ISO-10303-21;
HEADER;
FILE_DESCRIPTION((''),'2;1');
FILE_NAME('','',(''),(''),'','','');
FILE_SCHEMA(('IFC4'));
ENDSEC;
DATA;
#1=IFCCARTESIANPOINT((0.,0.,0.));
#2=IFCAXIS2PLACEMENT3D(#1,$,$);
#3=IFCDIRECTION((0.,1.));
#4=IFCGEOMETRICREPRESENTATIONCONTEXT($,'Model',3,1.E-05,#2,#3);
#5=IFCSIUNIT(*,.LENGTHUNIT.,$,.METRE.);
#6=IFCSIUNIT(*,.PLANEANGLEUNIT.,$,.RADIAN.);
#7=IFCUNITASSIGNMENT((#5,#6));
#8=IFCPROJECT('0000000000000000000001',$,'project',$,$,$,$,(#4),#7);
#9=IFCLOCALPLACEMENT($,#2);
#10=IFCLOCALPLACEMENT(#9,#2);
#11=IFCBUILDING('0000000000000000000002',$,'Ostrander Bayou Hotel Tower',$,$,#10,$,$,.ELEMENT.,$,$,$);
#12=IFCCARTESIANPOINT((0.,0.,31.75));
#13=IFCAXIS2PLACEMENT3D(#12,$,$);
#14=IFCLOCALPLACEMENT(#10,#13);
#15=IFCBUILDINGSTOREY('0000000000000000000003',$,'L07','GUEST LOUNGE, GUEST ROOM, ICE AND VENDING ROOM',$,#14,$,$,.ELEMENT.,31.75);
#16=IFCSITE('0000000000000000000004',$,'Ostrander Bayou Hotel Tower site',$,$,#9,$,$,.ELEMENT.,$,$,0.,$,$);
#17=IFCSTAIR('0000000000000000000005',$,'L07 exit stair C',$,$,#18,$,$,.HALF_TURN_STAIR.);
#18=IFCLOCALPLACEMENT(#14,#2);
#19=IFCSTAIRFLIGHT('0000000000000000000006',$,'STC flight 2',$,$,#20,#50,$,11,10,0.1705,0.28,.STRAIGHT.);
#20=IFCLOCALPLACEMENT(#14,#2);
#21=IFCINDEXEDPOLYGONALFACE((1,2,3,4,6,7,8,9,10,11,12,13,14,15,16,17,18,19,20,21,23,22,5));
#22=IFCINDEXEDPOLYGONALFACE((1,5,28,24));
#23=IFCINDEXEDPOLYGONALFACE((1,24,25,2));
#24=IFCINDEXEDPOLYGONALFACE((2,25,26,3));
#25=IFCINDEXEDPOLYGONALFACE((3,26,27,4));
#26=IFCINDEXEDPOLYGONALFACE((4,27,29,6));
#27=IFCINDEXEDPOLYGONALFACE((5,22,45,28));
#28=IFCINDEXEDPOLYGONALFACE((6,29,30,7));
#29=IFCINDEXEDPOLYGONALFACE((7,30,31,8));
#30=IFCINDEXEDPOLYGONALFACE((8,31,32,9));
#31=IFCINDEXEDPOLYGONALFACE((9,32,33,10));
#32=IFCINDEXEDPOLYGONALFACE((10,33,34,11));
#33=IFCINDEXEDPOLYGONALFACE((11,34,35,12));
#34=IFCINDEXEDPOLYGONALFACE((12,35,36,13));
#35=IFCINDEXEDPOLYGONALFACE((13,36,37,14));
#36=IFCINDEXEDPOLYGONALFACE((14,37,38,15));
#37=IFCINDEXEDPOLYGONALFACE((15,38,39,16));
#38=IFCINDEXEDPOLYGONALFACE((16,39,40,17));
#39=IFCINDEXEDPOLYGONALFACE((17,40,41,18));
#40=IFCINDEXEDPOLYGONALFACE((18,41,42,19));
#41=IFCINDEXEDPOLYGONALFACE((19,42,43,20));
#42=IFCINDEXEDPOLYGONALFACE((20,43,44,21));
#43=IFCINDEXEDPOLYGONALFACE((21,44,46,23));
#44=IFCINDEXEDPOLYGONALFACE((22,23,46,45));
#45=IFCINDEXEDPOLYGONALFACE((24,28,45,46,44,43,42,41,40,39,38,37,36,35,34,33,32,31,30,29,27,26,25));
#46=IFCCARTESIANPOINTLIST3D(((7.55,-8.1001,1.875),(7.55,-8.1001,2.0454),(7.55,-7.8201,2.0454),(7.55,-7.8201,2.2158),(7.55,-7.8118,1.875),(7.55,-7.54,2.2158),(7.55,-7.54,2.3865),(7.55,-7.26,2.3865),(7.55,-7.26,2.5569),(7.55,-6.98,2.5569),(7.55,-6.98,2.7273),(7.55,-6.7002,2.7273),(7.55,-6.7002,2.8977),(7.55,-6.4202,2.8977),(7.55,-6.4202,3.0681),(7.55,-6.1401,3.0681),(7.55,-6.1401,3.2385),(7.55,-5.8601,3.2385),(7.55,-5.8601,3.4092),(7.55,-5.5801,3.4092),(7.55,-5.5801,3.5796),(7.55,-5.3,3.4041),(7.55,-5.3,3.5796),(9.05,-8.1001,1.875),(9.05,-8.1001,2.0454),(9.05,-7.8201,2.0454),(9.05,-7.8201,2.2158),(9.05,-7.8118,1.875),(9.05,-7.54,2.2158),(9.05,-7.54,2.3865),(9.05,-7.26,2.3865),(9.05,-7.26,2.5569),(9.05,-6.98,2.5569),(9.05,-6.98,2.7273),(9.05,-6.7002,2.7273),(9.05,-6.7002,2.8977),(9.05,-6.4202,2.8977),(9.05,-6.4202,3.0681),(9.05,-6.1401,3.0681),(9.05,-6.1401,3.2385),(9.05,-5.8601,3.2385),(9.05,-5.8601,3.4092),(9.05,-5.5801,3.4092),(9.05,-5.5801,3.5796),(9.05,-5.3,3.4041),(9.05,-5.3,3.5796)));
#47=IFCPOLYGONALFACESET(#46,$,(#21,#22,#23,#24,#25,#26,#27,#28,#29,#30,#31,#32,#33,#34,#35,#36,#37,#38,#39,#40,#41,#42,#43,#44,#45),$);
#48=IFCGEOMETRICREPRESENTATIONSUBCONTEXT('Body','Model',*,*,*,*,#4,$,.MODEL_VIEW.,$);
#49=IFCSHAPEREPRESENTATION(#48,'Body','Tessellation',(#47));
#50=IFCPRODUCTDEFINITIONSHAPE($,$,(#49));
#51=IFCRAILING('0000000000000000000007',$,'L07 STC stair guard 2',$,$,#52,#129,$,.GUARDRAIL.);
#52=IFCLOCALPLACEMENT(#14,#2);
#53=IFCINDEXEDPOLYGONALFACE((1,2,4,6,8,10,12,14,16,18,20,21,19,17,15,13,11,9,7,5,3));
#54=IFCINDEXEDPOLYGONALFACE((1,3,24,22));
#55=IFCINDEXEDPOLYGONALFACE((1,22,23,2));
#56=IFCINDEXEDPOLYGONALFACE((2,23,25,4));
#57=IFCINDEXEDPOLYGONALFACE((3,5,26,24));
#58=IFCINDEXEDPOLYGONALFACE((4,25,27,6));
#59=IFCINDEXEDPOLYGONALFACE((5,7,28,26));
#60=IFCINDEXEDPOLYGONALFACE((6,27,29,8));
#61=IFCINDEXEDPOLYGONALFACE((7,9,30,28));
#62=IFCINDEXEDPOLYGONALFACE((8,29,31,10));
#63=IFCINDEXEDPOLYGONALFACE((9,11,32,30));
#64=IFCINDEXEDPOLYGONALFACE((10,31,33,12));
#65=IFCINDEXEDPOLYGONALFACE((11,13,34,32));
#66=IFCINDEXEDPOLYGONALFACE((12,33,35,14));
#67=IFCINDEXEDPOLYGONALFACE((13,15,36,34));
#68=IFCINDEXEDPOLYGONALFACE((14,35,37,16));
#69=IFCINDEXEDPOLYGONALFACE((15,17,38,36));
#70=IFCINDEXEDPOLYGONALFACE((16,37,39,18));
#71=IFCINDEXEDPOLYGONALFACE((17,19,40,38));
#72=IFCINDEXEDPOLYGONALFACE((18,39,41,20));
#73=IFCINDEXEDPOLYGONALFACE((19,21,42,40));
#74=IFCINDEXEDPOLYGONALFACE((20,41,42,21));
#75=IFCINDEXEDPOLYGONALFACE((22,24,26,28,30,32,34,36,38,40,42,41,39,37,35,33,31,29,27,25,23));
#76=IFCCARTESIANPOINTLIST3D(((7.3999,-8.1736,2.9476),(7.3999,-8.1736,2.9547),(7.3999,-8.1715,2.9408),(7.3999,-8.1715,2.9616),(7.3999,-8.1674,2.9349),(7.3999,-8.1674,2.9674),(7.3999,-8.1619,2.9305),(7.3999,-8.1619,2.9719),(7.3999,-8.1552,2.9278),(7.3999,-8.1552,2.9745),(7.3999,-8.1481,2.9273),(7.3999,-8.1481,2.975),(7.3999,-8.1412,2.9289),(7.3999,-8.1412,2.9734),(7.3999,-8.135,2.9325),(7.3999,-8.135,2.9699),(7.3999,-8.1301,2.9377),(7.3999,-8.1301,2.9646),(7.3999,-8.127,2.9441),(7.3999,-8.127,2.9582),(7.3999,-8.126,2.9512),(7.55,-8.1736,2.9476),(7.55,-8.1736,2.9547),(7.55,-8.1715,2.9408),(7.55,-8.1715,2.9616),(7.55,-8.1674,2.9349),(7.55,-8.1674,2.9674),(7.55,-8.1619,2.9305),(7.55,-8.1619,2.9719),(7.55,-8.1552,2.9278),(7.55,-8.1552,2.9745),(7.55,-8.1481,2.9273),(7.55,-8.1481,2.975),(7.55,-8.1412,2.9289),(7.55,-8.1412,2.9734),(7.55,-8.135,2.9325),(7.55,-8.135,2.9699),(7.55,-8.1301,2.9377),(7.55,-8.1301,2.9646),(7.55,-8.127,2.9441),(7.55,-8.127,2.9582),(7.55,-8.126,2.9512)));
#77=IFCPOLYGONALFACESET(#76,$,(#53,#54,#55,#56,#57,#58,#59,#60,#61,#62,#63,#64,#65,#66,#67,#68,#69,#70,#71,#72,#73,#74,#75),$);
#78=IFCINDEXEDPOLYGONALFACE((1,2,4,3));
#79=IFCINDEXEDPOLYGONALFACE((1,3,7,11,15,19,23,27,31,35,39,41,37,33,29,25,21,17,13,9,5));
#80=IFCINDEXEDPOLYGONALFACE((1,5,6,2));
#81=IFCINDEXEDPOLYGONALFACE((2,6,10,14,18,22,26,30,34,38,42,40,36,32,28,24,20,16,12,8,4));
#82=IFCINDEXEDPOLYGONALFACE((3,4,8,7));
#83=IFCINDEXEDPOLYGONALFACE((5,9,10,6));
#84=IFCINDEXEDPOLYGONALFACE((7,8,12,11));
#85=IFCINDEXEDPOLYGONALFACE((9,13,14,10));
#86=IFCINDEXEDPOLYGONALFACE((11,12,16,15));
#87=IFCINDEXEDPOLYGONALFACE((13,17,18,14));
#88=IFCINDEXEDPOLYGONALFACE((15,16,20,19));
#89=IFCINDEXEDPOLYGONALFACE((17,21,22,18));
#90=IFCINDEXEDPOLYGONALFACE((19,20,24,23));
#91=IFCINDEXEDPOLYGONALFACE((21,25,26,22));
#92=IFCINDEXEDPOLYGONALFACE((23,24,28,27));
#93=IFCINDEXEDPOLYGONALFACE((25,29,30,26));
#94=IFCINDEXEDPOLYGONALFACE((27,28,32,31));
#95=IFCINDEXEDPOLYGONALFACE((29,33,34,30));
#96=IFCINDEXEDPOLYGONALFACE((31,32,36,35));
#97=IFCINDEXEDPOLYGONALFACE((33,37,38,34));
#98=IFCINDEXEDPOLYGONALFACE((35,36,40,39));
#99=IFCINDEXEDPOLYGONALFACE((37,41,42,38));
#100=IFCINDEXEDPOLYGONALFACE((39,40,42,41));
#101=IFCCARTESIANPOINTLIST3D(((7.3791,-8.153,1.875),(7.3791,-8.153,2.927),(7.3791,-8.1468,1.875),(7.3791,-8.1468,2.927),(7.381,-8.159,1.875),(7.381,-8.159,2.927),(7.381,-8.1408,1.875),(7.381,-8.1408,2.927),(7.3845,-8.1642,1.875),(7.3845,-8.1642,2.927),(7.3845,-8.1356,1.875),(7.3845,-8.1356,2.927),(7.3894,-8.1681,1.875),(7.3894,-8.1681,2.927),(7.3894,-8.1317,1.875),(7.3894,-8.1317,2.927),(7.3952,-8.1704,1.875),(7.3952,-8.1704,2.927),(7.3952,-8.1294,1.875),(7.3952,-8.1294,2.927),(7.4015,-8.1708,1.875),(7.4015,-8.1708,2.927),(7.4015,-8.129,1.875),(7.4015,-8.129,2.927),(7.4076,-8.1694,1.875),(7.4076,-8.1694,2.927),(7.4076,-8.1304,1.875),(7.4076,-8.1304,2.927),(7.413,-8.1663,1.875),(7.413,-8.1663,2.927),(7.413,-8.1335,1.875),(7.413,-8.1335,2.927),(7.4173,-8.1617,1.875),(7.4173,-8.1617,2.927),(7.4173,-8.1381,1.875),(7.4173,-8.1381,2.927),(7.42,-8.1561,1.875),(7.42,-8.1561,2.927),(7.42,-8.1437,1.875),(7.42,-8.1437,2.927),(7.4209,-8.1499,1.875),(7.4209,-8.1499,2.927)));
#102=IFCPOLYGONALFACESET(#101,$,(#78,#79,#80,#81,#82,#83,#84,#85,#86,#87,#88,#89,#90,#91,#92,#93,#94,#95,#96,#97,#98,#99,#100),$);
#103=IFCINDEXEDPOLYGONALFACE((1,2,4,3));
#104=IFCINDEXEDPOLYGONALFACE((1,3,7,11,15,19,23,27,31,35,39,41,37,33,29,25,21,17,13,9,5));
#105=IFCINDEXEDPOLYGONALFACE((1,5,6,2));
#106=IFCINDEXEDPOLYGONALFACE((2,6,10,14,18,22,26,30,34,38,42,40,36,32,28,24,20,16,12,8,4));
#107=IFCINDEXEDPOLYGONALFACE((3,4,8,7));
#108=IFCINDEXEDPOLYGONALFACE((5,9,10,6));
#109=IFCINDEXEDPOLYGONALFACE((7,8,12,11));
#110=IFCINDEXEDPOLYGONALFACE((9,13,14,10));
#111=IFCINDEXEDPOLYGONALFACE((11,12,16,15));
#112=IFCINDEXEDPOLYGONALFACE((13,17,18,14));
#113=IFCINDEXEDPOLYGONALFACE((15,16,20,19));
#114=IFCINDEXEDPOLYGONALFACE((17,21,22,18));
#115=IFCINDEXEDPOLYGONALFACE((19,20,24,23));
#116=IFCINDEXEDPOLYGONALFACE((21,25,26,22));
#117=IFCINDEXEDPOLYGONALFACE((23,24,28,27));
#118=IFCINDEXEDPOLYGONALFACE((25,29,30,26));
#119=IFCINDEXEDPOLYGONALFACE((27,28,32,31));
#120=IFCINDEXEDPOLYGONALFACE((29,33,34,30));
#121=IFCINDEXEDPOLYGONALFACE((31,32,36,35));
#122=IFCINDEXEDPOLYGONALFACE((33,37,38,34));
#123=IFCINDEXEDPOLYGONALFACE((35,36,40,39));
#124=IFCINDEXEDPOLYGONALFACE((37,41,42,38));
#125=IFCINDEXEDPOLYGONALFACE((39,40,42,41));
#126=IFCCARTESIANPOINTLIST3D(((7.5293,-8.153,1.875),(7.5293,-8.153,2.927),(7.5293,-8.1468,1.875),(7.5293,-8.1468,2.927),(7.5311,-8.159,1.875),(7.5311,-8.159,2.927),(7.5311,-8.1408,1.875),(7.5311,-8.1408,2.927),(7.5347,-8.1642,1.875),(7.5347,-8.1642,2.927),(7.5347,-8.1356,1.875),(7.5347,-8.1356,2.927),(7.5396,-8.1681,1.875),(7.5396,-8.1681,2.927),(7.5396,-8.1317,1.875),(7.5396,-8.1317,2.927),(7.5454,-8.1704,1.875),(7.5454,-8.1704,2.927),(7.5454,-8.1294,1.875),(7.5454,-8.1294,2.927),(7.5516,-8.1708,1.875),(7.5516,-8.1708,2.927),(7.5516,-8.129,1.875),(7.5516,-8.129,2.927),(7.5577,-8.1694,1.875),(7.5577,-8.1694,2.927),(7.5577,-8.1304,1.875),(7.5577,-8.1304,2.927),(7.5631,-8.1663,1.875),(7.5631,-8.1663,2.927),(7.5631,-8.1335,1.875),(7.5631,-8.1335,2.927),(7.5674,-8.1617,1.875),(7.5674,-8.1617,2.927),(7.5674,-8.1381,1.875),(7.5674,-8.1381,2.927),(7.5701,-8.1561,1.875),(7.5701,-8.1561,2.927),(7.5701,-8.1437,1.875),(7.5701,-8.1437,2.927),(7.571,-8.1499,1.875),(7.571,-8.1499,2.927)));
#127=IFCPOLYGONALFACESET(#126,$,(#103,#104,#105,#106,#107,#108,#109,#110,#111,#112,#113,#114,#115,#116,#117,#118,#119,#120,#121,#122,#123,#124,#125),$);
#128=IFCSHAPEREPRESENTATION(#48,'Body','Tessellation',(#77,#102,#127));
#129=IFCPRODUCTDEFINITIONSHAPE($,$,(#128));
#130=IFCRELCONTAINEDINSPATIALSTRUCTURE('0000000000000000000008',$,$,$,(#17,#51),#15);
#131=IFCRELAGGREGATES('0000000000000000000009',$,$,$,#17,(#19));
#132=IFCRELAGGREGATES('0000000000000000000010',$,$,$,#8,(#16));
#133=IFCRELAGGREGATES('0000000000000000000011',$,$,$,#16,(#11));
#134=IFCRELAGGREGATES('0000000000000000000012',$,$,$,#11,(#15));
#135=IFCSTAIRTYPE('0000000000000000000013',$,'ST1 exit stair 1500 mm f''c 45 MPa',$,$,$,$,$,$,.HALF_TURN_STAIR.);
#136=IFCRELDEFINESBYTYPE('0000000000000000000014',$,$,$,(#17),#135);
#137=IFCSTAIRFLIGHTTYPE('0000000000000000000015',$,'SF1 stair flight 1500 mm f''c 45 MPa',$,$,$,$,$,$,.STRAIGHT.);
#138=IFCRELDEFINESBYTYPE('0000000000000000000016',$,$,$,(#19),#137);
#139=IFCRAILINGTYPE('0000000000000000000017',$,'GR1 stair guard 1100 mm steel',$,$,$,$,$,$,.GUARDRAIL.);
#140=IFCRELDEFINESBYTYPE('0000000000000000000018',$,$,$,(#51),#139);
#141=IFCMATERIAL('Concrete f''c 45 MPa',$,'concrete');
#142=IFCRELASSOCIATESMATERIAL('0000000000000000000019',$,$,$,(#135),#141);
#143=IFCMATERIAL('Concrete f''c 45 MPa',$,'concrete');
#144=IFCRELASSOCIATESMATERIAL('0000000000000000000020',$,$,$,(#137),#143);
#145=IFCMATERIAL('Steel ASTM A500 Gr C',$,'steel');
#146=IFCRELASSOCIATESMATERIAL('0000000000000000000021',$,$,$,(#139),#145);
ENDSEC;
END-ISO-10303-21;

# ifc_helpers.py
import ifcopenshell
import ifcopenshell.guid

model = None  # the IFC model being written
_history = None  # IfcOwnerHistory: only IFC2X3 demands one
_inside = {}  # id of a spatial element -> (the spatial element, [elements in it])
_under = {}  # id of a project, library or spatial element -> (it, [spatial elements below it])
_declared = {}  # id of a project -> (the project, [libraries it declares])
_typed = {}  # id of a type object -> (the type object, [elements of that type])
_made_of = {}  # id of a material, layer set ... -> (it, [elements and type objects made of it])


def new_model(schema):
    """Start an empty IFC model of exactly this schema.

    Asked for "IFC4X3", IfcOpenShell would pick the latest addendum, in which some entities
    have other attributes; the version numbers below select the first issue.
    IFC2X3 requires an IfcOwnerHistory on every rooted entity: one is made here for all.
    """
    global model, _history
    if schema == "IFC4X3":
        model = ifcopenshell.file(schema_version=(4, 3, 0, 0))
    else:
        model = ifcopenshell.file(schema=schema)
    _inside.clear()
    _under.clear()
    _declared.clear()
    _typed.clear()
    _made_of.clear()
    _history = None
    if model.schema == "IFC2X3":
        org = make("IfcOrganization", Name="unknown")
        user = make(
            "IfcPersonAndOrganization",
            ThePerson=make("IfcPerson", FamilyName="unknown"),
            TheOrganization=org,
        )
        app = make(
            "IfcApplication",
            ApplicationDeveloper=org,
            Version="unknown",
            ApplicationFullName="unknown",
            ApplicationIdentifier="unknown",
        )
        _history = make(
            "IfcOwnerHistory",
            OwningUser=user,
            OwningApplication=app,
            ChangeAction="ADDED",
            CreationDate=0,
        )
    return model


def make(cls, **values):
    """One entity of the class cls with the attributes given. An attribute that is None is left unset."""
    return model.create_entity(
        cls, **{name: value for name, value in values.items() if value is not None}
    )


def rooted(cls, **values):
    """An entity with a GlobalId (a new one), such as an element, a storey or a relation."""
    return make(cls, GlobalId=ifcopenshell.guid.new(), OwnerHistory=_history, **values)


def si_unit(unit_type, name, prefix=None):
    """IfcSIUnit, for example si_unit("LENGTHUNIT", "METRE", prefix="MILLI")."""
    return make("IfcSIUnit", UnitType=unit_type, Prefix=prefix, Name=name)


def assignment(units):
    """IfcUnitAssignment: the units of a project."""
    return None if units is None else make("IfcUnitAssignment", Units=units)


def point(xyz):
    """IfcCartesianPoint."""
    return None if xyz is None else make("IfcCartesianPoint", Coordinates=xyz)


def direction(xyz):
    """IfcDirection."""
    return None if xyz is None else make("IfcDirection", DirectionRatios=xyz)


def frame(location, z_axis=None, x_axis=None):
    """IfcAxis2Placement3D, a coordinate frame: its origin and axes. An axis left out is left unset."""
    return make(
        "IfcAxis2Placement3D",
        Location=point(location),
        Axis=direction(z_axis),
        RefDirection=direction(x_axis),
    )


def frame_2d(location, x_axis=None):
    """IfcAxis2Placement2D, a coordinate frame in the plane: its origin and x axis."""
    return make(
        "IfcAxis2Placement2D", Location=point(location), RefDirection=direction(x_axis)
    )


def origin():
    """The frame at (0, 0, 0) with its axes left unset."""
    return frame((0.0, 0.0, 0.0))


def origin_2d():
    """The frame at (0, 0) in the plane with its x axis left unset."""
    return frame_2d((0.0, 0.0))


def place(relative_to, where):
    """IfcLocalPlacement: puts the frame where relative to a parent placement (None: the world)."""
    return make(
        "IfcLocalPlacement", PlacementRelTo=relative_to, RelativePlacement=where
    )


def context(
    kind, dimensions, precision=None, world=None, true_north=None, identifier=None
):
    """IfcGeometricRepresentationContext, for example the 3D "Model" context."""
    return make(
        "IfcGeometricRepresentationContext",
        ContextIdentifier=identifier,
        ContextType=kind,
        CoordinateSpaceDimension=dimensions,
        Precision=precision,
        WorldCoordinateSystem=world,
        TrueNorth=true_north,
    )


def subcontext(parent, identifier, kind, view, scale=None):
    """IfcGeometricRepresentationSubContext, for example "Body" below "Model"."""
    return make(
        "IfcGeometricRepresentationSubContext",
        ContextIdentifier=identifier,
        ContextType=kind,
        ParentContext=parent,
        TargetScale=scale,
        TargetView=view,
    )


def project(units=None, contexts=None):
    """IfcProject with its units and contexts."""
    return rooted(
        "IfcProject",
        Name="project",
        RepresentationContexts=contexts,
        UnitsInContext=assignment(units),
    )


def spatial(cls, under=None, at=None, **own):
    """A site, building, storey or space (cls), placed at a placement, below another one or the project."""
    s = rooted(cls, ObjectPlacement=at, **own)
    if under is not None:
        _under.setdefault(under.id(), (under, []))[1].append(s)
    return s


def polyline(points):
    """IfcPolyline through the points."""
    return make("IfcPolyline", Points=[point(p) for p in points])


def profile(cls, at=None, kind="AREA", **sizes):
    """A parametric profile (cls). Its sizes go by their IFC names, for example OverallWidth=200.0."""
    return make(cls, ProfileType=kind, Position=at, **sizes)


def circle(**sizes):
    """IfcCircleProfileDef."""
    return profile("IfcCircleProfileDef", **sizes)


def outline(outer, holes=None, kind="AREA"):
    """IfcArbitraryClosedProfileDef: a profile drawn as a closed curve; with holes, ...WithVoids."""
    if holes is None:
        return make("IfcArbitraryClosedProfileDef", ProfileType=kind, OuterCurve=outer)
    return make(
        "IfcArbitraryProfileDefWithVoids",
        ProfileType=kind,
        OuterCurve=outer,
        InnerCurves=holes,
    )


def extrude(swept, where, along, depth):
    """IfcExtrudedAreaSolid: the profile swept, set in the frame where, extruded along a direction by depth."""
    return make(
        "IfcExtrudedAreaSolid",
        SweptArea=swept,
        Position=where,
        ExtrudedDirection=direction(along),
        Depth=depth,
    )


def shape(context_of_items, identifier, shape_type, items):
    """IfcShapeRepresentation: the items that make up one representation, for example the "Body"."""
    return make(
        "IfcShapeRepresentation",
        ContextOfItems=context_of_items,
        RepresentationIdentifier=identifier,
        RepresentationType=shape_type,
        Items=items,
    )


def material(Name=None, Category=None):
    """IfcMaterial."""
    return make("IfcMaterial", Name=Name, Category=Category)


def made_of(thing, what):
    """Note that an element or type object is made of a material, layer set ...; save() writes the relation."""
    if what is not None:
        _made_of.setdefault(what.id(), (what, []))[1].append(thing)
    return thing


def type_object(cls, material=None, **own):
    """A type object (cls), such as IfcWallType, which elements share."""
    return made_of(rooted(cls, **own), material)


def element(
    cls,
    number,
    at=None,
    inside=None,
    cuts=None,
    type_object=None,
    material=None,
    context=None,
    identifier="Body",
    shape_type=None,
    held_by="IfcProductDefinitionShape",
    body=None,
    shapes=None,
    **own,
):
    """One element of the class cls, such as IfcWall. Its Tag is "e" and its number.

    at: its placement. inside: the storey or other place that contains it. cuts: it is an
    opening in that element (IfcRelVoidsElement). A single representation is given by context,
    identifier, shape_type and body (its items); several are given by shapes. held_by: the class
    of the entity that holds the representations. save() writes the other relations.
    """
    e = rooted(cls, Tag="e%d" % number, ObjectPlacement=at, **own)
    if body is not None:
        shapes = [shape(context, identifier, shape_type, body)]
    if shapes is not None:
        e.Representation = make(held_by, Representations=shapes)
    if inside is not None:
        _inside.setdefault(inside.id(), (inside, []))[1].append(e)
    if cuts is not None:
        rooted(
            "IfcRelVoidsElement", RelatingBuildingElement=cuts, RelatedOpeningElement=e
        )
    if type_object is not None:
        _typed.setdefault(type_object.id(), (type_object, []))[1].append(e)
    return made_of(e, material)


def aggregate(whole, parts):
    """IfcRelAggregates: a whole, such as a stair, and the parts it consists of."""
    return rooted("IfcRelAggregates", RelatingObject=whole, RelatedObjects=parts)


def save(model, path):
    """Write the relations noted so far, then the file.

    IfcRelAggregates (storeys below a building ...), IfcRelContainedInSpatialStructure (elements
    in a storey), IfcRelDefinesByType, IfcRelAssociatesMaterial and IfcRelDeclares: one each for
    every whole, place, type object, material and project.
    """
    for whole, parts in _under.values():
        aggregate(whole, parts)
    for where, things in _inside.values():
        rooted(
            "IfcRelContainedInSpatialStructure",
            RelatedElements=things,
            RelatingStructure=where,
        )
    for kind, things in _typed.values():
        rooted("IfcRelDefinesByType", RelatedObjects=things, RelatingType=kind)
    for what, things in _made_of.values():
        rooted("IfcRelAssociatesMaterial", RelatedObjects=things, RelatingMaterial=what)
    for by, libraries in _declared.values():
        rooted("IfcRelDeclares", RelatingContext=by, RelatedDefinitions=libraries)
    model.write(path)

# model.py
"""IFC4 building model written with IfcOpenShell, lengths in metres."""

from ifc_helpers import new_model, si_unit, direction, frame, origin, origin_2d, place, context, subcontext, project, spatial, polyline, circle, outline, extrude, material, type_object, element, aggregate, save


model = new_model("IFC4")

# Units and contexts
model_context = context("Model", 3, precision=1e-05, world=origin(), true_north=direction((0.0, 1.0)))
body_context = subcontext(model_context, "Body", "Model", "MODEL_VIEW")
ifc_project = project(units=[si_unit("LENGTHUNIT", "METRE"), si_unit("PLANEANGLEUNIT", "RADIAN")], contexts=[model_context])

# Site, building, storey
site_placement = place(None, origin())
site = spatial("IfcSite", under=ifc_project, at=site_placement, Name="Ostrander Bayou Hotel Tower site", CompositionType="ELEMENT", RefElevation=0.0)
building_placement = place(site_placement, origin())
building = spatial("IfcBuilding", under=site, at=building_placement, Name="Ostrander Bayou Hotel Tower", CompositionType="ELEMENT")
storey_placement = place(building_placement, frame((0.0, 0.0, 31.75)))
storey = spatial("IfcBuildingStorey", under=building, at=storey_placement, Name="L07", Description="GUEST LOUNGE, GUEST ROOM, ICE AND VENDING ROOM", CompositionType="ELEMENT", Elevation=31.75)

# Stair, stair flight
ifc_material_1 = material(Name="Concrete f'c 45 MPa", Category="concrete")
stair_type = type_object("IfcStairType", Name="ST1 exit stair 1500 mm f'c 45 MPa", PredefinedType="HALF_TURN_STAIR", material=ifc_material_1)
stair_placement = place(storey_placement, origin())
stair = element("IfcStair", 1, at=stair_placement, inside=storey, type_object=stair_type, Name="L07 exit stair C", PredefinedType="HALF_TURN_STAIR")
ifc_material_2 = material(Name="Concrete f'c 45 MPa", Category="concrete")
stair_flight_type = type_object("IfcStairFlightType", Name="SF1 stair flight 1500 mm f'c 45 MPa", PredefinedType="STRAIGHT", material=ifc_material_2)
stair_flight_placement = place(storey_placement, frame((8.3, -8.1001, 1.875), z_axis=(0.0, 0.0, 1.0), x_axis=(0.0, 1.0, 0.0)))
stair_flight = element("IfcStairFlight", 2, at=stair_flight_placement, type_object=stair_flight_type, Name="STC flight 2", NumberOfRisers=11, NumberOfTreads=10, PredefinedType="STRAIGHT", RiserHeight=0.1705, TreadLength=0.28, context=body_context, shape_type="SweptSolid", body=[
    extrude(outline(polyline([(0.0, 0.0), (0.0, 0.1704), (0.28, 0.1704), (0.28, 0.3408), (0.5601, 0.3408), (0.5601, 0.5115), (0.8401, 0.5115), (0.8401, 0.6819), (1.1201, 0.6819), (1.1201, 0.8523), (1.3999, 0.8523), (1.3999, 1.0227), (1.6799, 1.0227), (1.6799, 1.1931), (1.96, 1.1931), (1.96, 1.3635), (2.24, 1.3635), (2.24, 1.5342), (2.52, 1.5342), (2.52, 1.7046), (2.8, 1.7046), (2.8, 1.875), (2.8, 1.5291), (0.2883, 0.0), (0.0, 0.0)])), frame((0.0, 0.75, 0.0), z_axis=(0.0, -1.0, 0.0), x_axis=(1.0, 0.0, 0.0)), (0.0, 0.0, 1.0), 1.5),
])
aggregate(stair, [stair_flight])

# Railing
ifc_material_3 = material(Name="Steel ASTM A500 Gr C", Category="steel")
railing_type = type_object("IfcRailingType", Name="GR1 stair guard 1100 mm steel", PredefinedType="GUARDRAIL", material=ifc_material_3)
railing_1_placement = place(storey_placement, frame((7.3999, -8.1499, 1.875)))
element("IfcRailing", 3, at=railing_1_placement, inside=storey, type_object=railing_type, Name="L07 STC stair guard 2", PredefinedType="GUARDRAIL", context=body_context, shape_type="SweptSolid", body=[
    extrude(circle(Radius=0.0239, at=origin_2d()), frame((0.0, 0.0, 1.0762), z_axis=(1.0, 0.0, 0.0), x_axis=(0.0, 1.0, 0.0)), (0.0, 0.0, 1.0), 0.1501),
    extrude(circle(Radius=0.021, at=origin_2d()), origin(), (0.0, 0.0, 1.0), 1.052),
    extrude(circle(Radius=0.021, at=origin_2d()), frame((0.1501, 0.0, 0.0)), (0.0, 0.0, 1.0), 1.052),
])

save(model, "model.ifc")
